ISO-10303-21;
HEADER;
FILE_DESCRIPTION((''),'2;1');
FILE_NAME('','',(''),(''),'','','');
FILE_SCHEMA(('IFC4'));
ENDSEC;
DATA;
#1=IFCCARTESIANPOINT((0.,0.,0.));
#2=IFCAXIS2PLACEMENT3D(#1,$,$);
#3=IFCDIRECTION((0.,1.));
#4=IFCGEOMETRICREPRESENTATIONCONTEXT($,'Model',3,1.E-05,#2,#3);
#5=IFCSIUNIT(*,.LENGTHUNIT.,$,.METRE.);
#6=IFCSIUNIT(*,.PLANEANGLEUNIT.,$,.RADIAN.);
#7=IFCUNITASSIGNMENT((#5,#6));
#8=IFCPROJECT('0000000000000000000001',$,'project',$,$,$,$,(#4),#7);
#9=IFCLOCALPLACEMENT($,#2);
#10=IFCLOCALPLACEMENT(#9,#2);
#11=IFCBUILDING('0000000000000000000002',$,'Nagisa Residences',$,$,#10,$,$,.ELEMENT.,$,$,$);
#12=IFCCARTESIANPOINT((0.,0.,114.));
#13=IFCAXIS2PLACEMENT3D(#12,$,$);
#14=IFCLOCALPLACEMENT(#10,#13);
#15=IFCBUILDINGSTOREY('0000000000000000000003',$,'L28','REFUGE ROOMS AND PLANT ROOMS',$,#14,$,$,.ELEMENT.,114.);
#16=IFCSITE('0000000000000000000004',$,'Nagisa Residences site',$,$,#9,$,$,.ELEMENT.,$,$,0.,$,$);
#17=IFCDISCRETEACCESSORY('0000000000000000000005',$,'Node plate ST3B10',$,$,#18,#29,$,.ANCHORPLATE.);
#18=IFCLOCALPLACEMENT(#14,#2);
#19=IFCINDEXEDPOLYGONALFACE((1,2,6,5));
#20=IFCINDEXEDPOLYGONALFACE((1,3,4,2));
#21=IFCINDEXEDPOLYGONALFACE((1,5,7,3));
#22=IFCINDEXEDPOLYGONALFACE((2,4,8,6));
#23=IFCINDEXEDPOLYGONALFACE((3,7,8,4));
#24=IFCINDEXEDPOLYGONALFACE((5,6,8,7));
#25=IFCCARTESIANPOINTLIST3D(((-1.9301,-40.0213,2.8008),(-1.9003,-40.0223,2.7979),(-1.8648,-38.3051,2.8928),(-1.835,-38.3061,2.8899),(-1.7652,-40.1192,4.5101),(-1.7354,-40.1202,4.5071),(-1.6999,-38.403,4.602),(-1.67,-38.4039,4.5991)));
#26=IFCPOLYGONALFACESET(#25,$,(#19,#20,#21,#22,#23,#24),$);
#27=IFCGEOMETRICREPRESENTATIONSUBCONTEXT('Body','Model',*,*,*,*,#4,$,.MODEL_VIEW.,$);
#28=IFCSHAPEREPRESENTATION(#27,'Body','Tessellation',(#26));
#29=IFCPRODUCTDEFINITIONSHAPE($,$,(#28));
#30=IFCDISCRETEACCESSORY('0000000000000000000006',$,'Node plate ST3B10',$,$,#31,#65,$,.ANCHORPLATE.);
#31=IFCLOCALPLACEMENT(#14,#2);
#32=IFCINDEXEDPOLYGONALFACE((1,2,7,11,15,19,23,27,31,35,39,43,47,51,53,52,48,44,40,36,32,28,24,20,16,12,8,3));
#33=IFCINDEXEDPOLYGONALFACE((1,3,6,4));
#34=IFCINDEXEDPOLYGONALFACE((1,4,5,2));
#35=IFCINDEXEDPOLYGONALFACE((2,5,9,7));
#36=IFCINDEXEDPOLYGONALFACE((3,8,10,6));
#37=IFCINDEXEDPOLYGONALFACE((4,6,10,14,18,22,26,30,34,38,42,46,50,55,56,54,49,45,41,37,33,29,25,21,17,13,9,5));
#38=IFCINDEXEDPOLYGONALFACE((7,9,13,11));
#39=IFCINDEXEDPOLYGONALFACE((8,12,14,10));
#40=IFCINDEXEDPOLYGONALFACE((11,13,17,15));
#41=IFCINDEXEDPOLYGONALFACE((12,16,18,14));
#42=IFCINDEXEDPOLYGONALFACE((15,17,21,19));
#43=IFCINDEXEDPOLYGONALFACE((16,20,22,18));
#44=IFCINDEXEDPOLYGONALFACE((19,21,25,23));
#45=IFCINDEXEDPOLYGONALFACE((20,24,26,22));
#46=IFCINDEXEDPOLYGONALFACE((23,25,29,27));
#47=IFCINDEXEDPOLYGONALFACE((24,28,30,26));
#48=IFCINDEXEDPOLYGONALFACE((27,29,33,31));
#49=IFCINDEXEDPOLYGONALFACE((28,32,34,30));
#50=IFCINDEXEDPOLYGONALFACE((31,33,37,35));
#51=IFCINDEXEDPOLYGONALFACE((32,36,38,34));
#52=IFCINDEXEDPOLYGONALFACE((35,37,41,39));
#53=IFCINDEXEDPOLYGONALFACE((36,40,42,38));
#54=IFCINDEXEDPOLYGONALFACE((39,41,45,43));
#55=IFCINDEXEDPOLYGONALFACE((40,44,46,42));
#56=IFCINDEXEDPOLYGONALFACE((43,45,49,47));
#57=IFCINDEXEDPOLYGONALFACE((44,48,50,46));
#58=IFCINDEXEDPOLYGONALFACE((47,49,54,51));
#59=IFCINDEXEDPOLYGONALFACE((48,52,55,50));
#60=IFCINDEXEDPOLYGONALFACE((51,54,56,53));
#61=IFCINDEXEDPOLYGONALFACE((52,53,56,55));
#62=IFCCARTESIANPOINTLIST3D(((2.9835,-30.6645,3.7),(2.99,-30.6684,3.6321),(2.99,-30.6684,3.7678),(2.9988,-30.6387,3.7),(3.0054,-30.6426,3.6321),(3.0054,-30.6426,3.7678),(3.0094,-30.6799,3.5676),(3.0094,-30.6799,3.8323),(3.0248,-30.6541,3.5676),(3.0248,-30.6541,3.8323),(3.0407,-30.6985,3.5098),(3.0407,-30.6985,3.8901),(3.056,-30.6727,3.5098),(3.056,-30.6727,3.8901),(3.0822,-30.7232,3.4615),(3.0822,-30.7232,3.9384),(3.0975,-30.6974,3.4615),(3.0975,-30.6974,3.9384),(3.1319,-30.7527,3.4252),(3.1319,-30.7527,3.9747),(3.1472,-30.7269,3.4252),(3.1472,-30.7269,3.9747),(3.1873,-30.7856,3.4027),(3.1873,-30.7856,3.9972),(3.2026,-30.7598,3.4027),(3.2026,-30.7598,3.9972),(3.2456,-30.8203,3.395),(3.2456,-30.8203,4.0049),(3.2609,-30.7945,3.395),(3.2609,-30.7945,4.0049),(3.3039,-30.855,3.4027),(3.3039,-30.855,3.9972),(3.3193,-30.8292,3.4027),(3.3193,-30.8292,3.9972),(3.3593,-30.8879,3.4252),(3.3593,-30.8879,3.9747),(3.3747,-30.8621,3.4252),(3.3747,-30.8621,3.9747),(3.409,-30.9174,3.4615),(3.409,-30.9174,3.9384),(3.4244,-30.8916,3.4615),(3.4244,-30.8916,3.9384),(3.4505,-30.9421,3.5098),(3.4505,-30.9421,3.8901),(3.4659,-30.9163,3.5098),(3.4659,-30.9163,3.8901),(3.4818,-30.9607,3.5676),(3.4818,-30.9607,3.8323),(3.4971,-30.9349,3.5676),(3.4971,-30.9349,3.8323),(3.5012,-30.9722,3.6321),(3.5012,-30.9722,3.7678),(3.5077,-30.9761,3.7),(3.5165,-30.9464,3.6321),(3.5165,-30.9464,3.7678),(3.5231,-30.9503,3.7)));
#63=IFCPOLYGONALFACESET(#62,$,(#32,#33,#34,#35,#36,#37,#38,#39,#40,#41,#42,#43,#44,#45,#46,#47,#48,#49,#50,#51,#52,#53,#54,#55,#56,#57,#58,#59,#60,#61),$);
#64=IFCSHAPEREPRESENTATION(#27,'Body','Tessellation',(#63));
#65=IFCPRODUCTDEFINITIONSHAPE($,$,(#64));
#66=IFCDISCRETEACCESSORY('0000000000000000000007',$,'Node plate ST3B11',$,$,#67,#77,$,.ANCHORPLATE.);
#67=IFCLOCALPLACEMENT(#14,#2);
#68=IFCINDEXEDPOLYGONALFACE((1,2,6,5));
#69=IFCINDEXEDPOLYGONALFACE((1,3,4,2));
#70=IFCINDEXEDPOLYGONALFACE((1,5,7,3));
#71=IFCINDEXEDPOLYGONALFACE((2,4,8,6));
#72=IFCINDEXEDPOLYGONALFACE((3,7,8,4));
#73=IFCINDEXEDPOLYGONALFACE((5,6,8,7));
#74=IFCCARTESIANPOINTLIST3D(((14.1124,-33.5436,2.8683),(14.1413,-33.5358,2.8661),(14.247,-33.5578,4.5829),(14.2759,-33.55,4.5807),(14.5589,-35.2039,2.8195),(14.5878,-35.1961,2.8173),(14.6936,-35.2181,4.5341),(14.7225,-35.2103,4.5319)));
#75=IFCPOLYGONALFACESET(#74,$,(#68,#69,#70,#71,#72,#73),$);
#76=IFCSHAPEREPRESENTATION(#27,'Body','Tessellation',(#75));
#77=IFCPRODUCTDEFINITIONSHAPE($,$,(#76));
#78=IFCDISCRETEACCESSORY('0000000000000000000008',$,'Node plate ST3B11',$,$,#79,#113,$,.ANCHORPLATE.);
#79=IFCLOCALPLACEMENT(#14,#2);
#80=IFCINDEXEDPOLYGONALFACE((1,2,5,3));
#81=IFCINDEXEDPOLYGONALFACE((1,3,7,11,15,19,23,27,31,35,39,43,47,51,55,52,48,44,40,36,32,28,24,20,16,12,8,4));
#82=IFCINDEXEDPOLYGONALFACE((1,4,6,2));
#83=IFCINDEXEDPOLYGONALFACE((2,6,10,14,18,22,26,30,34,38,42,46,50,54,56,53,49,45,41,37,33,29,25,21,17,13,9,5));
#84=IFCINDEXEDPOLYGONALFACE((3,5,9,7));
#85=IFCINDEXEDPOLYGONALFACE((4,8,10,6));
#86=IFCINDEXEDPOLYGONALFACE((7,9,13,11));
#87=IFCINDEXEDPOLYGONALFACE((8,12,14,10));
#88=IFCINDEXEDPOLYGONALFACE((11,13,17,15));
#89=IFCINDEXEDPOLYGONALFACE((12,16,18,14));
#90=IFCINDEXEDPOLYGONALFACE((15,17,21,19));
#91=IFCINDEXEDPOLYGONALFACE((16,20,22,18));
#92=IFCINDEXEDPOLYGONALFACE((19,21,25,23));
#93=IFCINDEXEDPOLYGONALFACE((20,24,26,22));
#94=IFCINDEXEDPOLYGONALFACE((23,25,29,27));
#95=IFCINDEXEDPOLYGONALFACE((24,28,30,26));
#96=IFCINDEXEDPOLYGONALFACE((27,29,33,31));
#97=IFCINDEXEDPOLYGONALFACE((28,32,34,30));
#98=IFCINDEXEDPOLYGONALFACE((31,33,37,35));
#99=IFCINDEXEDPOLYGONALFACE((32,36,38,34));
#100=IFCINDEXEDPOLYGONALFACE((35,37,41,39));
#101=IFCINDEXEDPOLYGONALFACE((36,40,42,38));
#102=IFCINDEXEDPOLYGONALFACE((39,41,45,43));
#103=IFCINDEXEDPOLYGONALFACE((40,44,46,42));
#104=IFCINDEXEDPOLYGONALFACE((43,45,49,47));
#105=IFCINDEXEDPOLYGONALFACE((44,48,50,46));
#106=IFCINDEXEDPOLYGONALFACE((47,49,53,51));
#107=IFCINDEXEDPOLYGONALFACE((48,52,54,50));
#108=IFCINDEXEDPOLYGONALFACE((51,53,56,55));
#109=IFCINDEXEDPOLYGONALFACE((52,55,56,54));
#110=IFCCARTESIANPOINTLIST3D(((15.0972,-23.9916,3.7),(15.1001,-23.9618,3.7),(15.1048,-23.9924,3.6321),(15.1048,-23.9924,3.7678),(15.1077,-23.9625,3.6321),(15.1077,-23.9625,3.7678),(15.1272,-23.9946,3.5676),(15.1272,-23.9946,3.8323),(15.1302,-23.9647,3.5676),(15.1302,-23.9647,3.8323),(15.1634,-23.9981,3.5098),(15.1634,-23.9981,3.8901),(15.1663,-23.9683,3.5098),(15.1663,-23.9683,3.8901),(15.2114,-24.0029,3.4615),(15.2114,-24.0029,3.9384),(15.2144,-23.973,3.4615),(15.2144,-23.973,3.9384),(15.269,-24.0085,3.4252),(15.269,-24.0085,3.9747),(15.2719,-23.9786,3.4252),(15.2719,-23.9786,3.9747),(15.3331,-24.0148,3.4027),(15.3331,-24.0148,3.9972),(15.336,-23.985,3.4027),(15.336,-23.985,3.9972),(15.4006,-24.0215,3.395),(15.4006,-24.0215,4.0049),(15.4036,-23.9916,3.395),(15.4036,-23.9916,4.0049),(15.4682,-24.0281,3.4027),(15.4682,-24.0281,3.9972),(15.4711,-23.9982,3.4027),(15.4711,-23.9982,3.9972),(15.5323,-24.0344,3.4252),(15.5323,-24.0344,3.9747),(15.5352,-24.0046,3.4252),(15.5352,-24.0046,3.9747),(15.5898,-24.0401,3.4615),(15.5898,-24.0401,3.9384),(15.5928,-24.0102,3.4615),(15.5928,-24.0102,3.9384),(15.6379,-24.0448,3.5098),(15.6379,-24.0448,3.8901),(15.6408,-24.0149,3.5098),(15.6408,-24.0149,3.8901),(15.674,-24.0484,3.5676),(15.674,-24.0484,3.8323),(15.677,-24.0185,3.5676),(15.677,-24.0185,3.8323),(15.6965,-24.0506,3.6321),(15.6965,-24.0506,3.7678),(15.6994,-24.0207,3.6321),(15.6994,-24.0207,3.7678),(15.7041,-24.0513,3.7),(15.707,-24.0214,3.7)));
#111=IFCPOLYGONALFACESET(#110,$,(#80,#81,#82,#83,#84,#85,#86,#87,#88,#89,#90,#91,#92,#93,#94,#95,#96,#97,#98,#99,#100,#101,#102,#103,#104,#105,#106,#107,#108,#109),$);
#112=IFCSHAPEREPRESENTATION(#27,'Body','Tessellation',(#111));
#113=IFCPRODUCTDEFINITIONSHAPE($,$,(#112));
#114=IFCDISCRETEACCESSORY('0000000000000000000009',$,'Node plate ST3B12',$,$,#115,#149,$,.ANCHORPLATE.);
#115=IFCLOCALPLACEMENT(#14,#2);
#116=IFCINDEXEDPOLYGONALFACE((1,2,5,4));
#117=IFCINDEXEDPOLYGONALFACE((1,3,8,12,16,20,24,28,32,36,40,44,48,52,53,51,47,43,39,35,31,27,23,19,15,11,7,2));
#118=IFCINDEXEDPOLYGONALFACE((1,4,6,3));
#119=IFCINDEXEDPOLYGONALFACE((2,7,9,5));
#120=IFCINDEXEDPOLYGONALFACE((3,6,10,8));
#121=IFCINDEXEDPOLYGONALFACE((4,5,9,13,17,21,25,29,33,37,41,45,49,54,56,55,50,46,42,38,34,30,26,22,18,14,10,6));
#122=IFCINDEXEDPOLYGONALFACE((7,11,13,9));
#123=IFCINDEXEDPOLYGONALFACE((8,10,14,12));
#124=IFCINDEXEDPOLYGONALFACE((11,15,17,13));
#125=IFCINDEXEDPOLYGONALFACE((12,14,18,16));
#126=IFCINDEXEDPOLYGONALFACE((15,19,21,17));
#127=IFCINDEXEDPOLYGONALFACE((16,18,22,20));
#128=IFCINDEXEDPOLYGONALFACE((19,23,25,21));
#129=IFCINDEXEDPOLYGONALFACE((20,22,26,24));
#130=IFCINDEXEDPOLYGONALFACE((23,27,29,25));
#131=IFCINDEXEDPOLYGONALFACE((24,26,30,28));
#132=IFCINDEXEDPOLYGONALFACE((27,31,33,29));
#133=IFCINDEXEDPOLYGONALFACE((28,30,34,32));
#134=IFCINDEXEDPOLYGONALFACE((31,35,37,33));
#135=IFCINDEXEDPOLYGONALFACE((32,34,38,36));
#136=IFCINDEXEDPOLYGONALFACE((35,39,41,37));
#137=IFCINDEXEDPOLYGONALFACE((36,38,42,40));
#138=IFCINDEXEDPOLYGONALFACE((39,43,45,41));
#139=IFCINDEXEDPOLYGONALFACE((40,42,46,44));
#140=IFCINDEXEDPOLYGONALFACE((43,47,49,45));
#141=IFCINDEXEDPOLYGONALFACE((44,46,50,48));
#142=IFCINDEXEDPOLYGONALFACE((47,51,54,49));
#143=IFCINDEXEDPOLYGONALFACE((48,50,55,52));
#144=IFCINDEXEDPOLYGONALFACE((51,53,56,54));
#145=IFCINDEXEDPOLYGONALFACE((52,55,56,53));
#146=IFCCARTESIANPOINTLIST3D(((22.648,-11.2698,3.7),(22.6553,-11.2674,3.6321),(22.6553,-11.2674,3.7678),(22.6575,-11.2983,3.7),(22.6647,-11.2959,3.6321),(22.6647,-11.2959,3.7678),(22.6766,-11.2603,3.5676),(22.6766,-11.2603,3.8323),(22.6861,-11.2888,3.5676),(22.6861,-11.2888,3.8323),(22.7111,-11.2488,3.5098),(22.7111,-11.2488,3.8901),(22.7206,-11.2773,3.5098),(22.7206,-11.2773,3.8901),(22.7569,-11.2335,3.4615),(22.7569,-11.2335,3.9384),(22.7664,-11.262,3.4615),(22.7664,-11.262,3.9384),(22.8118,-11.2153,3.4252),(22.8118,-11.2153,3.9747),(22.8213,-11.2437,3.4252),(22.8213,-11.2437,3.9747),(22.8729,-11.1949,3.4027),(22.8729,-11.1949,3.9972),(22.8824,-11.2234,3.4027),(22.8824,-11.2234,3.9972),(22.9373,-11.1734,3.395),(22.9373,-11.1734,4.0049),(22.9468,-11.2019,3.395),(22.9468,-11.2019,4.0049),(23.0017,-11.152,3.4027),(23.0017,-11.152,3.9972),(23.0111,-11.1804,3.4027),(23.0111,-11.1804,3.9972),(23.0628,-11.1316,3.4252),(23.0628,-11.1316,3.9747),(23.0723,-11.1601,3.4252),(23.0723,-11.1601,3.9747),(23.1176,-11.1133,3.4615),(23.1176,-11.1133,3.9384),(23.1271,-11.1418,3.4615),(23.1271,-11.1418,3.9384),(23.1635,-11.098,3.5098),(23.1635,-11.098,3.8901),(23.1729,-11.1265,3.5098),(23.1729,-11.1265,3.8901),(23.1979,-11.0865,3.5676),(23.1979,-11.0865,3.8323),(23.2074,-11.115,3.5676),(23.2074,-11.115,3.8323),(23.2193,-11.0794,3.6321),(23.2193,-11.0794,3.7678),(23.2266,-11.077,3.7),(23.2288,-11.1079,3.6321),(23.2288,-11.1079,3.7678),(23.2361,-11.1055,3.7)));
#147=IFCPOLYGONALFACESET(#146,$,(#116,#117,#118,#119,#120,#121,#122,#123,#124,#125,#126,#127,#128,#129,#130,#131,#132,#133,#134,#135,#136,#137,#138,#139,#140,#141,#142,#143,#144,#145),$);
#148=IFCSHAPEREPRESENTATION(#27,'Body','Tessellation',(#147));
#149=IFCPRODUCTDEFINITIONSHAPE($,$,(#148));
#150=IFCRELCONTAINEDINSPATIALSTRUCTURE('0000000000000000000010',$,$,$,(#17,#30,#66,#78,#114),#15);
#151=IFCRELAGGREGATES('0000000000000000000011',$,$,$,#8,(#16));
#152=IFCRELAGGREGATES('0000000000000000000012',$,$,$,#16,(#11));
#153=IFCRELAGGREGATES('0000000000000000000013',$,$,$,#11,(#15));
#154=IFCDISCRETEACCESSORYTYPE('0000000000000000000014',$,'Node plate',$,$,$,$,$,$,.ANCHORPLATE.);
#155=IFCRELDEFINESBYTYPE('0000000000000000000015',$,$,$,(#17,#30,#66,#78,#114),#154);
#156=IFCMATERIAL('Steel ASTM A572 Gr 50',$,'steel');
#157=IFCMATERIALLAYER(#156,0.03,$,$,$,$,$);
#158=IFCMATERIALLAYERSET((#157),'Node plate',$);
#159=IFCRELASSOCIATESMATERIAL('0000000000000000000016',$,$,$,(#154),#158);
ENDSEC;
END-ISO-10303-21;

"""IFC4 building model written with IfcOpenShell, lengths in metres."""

from ifc_helpers import new_model, si_unit, direction, frame, origin, origin_2d, place, context, subcontext, project, spatial, rectangle, circle, extrude, material, layer, layer_set, type_object, element, save


model = new_model("IFC4")

# Units and contexts
model_context = context("Model", 3, precision=1e-05, world=origin(), true_north=direction((0.0, 1.0)))
body_context = subcontext(model_context, "Body", "Model", "MODEL_VIEW")
ifc_project = project(units=[si_unit("LENGTHUNIT", "METRE"), si_unit("PLANEANGLEUNIT", "RADIAN")], contexts=[model_context])

# Site, building, storey
site_placement = place(None, origin())
site = spatial("IfcSite", under=ifc_project, at=site_placement, Name="Nagisa Residences site", CompositionType="ELEMENT", RefElevation=0.0)
building_placement = place(site_placement, origin())
building = spatial("IfcBuilding", under=site, at=building_placement, Name="Nagisa Residences", CompositionType="ELEMENT")
storey_placement = place(building_placement, frame((0.0, 0.0, 114.0)))
storey = spatial("IfcBuildingStorey", under=building, at=storey_placement, Name="L28", Description="REFUGE ROOMS AND PLANT ROOMS", CompositionType="ELEMENT", Elevation=114.0)

# Discrete accessories
ifc_material_1 = material(Name="Steel ASTM A572 Gr 50", Category="steel")
ifc_layer = layer(ifc_material_1, 0.03)
ifc_layer_set = layer_set([ifc_layer], Name="Node plate")
discrete_accessory_type = type_object("IfcDiscreteAccessoryType", Name="Node plate", PredefinedType="ANCHORPLATE", material=ifc_layer_set)
discrete_accessory_1_placement = place(storey_placement, frame((-1.7852, -39.2131, 3.6985), z_axis=(-0.994668, 0.032612, 0.097836), x_axis=(0.037977, 0.997846, 0.053483)))
element("IfcDiscreteAccessory", 1, at=discrete_accessory_1_placement, inside=storey, type_object=discrete_accessory_type, Name="Node plate ST3B10", PredefinedType="ANCHORPLATE", context=body_context, shape_type="SweptSolid", body=[
    extrude(rectangle(XDim=1.72, YDim=1.72, at=origin_2d()), origin(), (0.0, 0.0, 1.0), 0.03),
])
discrete_accessory_2_placement = place(storey_placement, frame((3.2456, -30.8203, 3.7), z_axis=(0.510913, 0.859632, 0.0), x_axis=(-0.859632, 0.510913, 0.0)))
element("IfcDiscreteAccessory", 2, at=discrete_accessory_2_placement, inside=storey, type_object=discrete_accessory_type, Name="Node plate ST3B10", PredefinedType="ANCHORPLATE", context=body_context, shape_type="SweptSolid", body=[
    extrude(circle(Radius=0.3049, at=origin_2d()), origin(), (0.0, 0.0, 1.0), 0.03),
])
discrete_accessory_3_placement = place(storey_placement, frame((14.4319, -34.373, 3.699), z_axis=(-0.962536, -0.261027, 0.073414), x_axis=(-0.259611, 0.965296, 0.028373)))
element("IfcDiscreteAccessory", 3, at=discrete_accessory_3_placement, inside=storey, type_object=discrete_accessory_type, Name="Node plate ST3B11", PredefinedType="ANCHORPLATE", context=body_context, shape_type="SweptSolid", body=[
    extrude(rectangle(XDim=1.72, YDim=1.72, at=origin_2d()), origin(), (0.0, 0.0, 1.0), 0.03),
])
for number, where, z_axis, x_axis, name in (
    (4, (15.4006, -24.0215, 3.7), (0.097888, 0.995197, 0.0), (-0.995197, 0.097888, 0.0), "Node plate ST3B11"),
    (5, (22.9468, -11.2019, 3.7), (-0.316228, 0.948683, 0.0), (-0.948683, -0.316228, 0.0), "Node plate ST3B12"),
):
    element("IfcDiscreteAccessory", number, at=place(storey_placement, frame(where, z_axis=z_axis, x_axis=x_axis)), inside=storey, type_object=discrete_accessory_type, Name=name, PredefinedType="ANCHORPLATE", context=body_context, shape_type="SweptSolid", body=[
        extrude(circle(Radius=0.3049, at=origin_2d()), origin(), (0.0, 0.0, 1.0), 0.03),
    ])

save(model, "model.ifc")
